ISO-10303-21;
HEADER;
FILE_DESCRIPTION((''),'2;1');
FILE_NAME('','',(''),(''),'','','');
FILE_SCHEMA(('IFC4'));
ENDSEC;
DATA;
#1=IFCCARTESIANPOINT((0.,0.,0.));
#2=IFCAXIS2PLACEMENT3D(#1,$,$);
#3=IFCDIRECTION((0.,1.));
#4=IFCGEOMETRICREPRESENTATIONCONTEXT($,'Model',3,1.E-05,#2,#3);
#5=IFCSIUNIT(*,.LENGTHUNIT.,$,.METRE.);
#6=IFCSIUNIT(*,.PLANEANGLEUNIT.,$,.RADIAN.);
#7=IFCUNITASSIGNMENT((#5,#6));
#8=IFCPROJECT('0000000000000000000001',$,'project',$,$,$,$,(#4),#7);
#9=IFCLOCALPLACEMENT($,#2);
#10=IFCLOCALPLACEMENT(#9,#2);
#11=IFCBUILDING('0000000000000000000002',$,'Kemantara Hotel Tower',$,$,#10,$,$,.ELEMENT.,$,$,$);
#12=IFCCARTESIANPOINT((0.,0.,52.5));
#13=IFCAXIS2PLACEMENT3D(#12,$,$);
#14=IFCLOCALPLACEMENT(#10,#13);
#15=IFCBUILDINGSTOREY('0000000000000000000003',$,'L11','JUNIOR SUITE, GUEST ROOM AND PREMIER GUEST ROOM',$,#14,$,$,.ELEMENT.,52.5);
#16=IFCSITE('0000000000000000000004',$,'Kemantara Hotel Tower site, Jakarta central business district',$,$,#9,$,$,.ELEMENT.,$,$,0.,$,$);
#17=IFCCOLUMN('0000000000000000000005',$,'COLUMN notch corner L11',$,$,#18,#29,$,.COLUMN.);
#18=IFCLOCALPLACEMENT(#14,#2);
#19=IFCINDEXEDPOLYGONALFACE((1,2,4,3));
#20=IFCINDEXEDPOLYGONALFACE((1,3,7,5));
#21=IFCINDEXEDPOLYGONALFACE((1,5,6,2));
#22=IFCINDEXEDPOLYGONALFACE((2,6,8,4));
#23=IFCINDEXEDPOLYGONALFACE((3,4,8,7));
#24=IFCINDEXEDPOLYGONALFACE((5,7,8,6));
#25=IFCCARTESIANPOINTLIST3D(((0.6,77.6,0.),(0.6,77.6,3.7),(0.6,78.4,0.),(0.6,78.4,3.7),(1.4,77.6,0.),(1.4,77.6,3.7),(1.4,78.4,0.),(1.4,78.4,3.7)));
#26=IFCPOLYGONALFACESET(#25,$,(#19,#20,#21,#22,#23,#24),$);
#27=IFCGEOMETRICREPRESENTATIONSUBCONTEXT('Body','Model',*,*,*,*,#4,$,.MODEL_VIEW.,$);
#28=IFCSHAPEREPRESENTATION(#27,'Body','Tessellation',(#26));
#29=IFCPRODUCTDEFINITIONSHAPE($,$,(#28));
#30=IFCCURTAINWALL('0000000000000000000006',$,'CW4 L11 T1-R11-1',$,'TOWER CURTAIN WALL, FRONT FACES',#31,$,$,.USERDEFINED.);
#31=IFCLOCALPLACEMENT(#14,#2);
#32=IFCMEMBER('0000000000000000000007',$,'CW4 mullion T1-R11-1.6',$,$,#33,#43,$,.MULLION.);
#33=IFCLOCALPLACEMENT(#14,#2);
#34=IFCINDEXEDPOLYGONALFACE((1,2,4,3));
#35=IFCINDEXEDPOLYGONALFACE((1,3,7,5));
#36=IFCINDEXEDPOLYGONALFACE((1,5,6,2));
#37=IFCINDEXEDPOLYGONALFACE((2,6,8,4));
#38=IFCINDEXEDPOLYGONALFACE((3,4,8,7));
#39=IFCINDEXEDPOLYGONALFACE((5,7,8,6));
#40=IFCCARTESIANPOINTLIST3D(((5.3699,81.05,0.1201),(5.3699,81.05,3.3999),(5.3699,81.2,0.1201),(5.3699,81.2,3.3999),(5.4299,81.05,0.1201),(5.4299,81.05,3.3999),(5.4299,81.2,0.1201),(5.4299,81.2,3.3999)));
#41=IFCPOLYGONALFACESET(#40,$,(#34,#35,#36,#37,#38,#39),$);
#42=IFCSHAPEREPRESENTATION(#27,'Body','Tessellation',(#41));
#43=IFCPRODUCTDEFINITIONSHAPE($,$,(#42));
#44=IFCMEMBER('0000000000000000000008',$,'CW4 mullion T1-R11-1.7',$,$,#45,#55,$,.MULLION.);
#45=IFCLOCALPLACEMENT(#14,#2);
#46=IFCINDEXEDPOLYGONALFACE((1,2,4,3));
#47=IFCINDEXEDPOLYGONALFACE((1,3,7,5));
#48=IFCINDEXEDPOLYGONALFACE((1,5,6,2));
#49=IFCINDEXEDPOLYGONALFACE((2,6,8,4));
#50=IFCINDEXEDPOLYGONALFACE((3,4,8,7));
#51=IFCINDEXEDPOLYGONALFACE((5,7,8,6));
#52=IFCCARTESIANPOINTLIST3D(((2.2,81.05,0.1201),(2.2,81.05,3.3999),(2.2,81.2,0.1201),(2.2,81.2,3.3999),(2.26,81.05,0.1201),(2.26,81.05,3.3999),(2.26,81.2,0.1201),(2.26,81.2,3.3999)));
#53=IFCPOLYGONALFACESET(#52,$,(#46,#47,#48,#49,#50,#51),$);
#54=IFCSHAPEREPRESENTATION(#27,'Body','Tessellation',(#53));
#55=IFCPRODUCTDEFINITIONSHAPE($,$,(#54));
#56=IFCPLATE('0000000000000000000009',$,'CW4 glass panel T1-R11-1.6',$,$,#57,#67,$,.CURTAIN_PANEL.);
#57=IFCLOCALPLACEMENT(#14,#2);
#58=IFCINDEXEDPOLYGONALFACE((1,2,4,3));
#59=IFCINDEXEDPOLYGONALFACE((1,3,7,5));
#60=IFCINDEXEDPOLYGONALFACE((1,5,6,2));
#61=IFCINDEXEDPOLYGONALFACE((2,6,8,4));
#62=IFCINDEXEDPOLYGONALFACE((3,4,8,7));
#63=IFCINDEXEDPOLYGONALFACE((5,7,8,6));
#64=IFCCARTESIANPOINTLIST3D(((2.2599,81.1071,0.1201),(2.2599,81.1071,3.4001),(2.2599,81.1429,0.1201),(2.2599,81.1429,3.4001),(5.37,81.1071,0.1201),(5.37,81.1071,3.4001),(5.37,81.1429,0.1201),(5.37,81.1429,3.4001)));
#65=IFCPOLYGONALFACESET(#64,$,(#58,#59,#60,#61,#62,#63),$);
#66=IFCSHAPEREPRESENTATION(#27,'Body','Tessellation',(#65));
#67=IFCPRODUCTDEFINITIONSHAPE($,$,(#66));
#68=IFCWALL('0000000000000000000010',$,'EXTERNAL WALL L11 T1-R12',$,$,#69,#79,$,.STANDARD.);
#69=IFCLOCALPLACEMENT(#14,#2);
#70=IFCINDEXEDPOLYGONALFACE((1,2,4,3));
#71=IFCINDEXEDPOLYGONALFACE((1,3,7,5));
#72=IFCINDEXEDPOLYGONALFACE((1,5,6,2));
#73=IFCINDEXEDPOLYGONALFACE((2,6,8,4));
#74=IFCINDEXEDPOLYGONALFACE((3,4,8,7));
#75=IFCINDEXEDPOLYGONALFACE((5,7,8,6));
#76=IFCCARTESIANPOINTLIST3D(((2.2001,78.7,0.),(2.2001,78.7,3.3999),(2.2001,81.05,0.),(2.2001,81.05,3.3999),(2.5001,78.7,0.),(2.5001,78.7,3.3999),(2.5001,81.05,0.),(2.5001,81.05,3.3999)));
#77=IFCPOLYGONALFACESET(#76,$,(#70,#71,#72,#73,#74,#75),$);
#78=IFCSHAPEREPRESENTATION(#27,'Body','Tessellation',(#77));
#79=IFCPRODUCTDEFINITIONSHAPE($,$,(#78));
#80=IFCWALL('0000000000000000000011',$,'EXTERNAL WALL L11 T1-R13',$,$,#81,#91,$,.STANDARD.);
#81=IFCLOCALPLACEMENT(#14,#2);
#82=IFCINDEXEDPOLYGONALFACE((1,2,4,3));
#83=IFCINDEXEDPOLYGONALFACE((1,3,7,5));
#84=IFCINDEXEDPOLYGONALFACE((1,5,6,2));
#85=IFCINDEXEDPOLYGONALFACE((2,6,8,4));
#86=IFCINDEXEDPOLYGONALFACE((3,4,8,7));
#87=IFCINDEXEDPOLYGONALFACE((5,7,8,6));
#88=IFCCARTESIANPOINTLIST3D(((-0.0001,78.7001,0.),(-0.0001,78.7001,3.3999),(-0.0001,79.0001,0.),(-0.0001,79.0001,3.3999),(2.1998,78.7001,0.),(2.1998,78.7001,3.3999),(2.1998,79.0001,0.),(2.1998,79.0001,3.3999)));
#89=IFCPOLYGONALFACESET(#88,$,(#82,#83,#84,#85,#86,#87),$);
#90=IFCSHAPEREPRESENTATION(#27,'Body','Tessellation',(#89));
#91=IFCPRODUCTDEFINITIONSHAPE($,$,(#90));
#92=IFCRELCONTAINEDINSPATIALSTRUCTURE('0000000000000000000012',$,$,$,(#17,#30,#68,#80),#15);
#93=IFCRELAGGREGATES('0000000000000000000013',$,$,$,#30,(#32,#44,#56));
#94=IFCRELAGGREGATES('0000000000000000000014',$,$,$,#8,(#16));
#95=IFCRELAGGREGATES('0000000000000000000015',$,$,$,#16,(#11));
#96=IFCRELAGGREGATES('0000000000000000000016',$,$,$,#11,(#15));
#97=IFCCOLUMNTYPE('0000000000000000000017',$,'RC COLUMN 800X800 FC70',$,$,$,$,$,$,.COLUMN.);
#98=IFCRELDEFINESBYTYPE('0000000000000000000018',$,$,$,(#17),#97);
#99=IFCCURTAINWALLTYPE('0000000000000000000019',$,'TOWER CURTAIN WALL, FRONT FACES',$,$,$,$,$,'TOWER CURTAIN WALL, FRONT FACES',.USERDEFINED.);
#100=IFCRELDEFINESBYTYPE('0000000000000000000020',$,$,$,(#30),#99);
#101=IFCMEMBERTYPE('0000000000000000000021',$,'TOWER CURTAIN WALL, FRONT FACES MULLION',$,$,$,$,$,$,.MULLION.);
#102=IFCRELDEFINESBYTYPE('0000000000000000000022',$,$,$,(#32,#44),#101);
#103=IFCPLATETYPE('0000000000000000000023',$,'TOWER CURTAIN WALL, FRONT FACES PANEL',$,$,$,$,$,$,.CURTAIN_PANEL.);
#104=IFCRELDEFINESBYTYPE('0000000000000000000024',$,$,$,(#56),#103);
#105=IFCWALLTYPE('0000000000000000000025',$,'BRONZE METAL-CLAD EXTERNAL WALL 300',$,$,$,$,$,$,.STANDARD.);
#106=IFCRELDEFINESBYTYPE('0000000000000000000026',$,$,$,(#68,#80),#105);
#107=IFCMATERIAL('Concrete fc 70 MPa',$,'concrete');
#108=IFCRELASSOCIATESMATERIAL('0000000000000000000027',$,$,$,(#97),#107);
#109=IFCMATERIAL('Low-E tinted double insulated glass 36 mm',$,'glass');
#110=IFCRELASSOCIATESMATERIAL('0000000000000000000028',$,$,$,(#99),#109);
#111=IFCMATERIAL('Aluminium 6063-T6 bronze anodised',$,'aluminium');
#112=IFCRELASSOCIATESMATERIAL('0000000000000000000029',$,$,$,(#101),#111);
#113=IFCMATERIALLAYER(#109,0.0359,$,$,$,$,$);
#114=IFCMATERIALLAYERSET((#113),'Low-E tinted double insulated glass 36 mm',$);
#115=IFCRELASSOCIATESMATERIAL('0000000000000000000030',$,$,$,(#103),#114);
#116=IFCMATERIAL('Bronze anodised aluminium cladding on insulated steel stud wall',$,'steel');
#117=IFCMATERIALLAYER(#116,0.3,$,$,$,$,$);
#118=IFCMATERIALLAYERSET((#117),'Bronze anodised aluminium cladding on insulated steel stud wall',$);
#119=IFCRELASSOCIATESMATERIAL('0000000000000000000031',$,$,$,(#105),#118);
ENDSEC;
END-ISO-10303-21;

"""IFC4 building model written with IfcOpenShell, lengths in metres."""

from ifc_helpers import new_model, si_unit, direction, frame, frame_2d, origin, origin_2d, place, context, subcontext, project, spatial, rectangle, extrude, source, transform, mapped, material, layer, layer_set, material_profile, profile_set, type_object, element, aggregate, save


model = new_model("IFC4")

# Units and contexts
model_context = context("Model", 3, precision=1e-05, world=origin(), true_north=direction((0.0, 1.0)))
body_context = subcontext(model_context, "Body", "Model", "MODEL_VIEW")
ifc_project = project(units=[si_unit("LENGTHUNIT", "METRE"), si_unit("PLANEANGLEUNIT", "RADIAN")], contexts=[model_context])

# Site, building, storey
site_placement = place(None, origin())
site = spatial("IfcSite", under=ifc_project, at=site_placement, Name="Kemantara Hotel Tower site, Jakarta central business district", CompositionType="ELEMENT", RefElevation=0.0)
building_placement = place(site_placement, origin())
building = spatial("IfcBuilding", under=site, at=building_placement, Name="Kemantara Hotel Tower", CompositionType="ELEMENT")
storey_placement = place(building_placement, frame((0.0, 0.0, 52.5)))
storey = spatial("IfcBuildingStorey", under=building, at=storey_placement, Name="L11", Description="JUNIOR SUITE, GUEST ROOM AND PREMIER GUEST ROOM", CompositionType="ELEMENT", Elevation=52.5)

# Column
ifc_material_1 = material(Name="Concrete fc 70 MPa", Category="concrete")
ifc_material_profile_1 = material_profile(ifc_material_1, rectangle(XDim=0.8, YDim=0.8, at=origin_2d()), Name="RC 800X800")
ifc_profile_set_1 = profile_set([ifc_material_profile_1], Name="Concrete fc 70 MPa")
column_type = type_object("IfcColumnType", Name="RC COLUMN 800X800 FC70", PredefinedType="COLUMN", material=ifc_profile_set_1)
column_placement = place(storey_placement, frame((1.0, 78.0, 0.0), z_axis=(0.0, 0.0, 1.0), x_axis=(1.0, 0.0, 0.0)))
element("IfcColumn", 1, at=column_placement, inside=storey, type_object=column_type, Name="COLUMN notch corner L11", PredefinedType="COLUMN", context=body_context, shape_type="SweptSolid", body=[
    extrude(rectangle(XDim=0.8, YDim=0.8, at=origin_2d()), origin(), (0.0, 0.0, 1.0), 3.7),
])

# Curtain wall, members, plate
ifc_material_2 = material(Name="Low-E tinted double insulated glass 36 mm", Category="glass")
curtain_wall_type = type_object("IfcCurtainWallType", Name="TOWER CURTAIN WALL, FRONT FACES", ElementType="TOWER CURTAIN WALL, FRONT FACES", PredefinedType="USERDEFINED", material=ifc_material_2)
curtain_wall_placement = place(storey_placement, origin())
curtain_wall = element("IfcCurtainWall", 2, at=curtain_wall_placement, inside=storey, type_object=curtain_wall_type, Name="CW4 L11 T1-R11-1", ObjectType="TOWER CURTAIN WALL, FRONT FACES", PredefinedType="USERDEFINED")
ifc_material_3 = material(Name="Aluminium 6063-T6 bronze anodised", Category="aluminium")
ifc_material_profile_2 = material_profile(ifc_material_3, rectangle(XDim=0.1499, YDim=0.0601, at=origin_2d()), Name="TOWER CURTAIN WALL, FRONT FACES MULLION")
ifc_profile_set_2 = profile_set([ifc_material_profile_2], Name="Aluminium 6063-T6 bronze anodised")
member_type = type_object("IfcMemberType", Name="TOWER CURTAIN WALL, FRONT FACES MULLION", PredefinedType="MULLION", material=ifc_profile_set_2)
shared_shape_1 = source(origin(), body_context, "Body", "SweptSolid", [
    extrude(rectangle(XDim=0.1499, YDim=0.0601, at=origin_2d()), origin(), (0.0, 0.0, 1.0), 3.2798),
])
member_1_placement = place(storey_placement, frame((5.3999, 81.125, 0.1201), z_axis=(0.0, 0.0, 1.0), x_axis=(0.0, -1.0, 0.0)))
member_1 = element("IfcMember", 3, at=member_1_placement, type_object=member_type, Name="CW4 mullion T1-R11-1.6", PredefinedType="MULLION", context=body_context, shape_type="MappedRepresentation", body=[
    mapped(shared_shape_1, transform((0.0, 0.0, 0.0))),
])
member_2_placement = place(storey_placement, frame((2.23, 81.125, 0.1201), z_axis=(0.0, 0.0, 1.0), x_axis=(0.0, -1.0, 0.0)))
member_2 = element("IfcMember", 4, at=member_2_placement, type_object=member_type, Name="CW4 mullion T1-R11-1.7", PredefinedType="MULLION", context=body_context, shape_type="MappedRepresentation", body=[
    mapped(shared_shape_1, transform((0.0, 0.0, 0.0))),
])
ifc_layer_1 = layer(ifc_material_2, 0.0359)
ifc_layer_set_1 = layer_set([ifc_layer_1], Name="Low-E tinted double insulated glass 36 mm")
plate_type = type_object("IfcPlateType", Name="TOWER CURTAIN WALL, FRONT FACES PANEL", PredefinedType="CURTAIN_PANEL", material=ifc_layer_set_1)
shared_shape_2 = source(origin(), body_context, "Body", "SweptSolid", [
    extrude(rectangle(XDim=3.1101, YDim=0.0359, at=origin_2d()), origin(), (0.0, 0.0, 1.0), 3.28),
])
plate_placement = place(storey_placement, frame((3.8149, 81.125, 0.1201), z_axis=(0.0, 0.0, 1.0), x_axis=(-1.0, 0.0, 0.0)))
plate = element("IfcPlate", 5, at=plate_placement, type_object=plate_type, Name="CW4 glass panel T1-R11-1.6", PredefinedType="CURTAIN_PANEL", context=body_context, shape_type="MappedRepresentation", body=[
    mapped(shared_shape_2, transform((0.0, 0.0, 0.0))),
])
aggregate(curtain_wall, [member_1, member_2, plate])

# Walls
ifc_material_4 = material(Name="Bronze anodised aluminium cladding on insulated steel stud wall", Category="steel")
ifc_layer_2 = layer(ifc_material_4, 0.3)
ifc_layer_set_2 = layer_set([ifc_layer_2], Name="Bronze anodised aluminium cladding on insulated steel stud wall")
wall_type = type_object("IfcWallType", Name="BRONZE METAL-CLAD EXTERNAL WALL 300", PredefinedType="STANDARD", material=ifc_layer_set_2)
wall_1_placement = place(storey_placement, frame((2.3501, 81.05, 0.0), z_axis=(0.0, 0.0, 1.0), x_axis=(0.0, -1.0, 0.0)))
element("IfcWall", 6, at=wall_1_placement, inside=storey, type_object=wall_type, Name="EXTERNAL WALL L11 T1-R12", PredefinedType="STANDARD", context=body_context, shape_type="SweptSolid", body=[
    extrude(rectangle(XDim=2.3501, YDim=0.3, at=frame_2d((1.175, 0.0))), origin(), (0.0, 0.0, 1.0), 3.3999),
])
wall_2_placement = place(storey_placement, frame((2.2, 78.8501, 0.0), z_axis=(0.0, 0.0, 1.0), x_axis=(-1.0, 0.0, 0.0)))
element("IfcWall", 7, at=wall_2_placement, inside=storey, type_object=wall_type, Name="EXTERNAL WALL L11 T1-R13", PredefinedType="STANDARD", context=body_context, shape_type="SweptSolid", body=[
    extrude(rectangle(XDim=2.2, YDim=0.3, at=frame_2d((1.1001, 0.0))), origin(), (0.0, 0.0, 1.0), 3.3999),
])

save(model, "model.ifc")
